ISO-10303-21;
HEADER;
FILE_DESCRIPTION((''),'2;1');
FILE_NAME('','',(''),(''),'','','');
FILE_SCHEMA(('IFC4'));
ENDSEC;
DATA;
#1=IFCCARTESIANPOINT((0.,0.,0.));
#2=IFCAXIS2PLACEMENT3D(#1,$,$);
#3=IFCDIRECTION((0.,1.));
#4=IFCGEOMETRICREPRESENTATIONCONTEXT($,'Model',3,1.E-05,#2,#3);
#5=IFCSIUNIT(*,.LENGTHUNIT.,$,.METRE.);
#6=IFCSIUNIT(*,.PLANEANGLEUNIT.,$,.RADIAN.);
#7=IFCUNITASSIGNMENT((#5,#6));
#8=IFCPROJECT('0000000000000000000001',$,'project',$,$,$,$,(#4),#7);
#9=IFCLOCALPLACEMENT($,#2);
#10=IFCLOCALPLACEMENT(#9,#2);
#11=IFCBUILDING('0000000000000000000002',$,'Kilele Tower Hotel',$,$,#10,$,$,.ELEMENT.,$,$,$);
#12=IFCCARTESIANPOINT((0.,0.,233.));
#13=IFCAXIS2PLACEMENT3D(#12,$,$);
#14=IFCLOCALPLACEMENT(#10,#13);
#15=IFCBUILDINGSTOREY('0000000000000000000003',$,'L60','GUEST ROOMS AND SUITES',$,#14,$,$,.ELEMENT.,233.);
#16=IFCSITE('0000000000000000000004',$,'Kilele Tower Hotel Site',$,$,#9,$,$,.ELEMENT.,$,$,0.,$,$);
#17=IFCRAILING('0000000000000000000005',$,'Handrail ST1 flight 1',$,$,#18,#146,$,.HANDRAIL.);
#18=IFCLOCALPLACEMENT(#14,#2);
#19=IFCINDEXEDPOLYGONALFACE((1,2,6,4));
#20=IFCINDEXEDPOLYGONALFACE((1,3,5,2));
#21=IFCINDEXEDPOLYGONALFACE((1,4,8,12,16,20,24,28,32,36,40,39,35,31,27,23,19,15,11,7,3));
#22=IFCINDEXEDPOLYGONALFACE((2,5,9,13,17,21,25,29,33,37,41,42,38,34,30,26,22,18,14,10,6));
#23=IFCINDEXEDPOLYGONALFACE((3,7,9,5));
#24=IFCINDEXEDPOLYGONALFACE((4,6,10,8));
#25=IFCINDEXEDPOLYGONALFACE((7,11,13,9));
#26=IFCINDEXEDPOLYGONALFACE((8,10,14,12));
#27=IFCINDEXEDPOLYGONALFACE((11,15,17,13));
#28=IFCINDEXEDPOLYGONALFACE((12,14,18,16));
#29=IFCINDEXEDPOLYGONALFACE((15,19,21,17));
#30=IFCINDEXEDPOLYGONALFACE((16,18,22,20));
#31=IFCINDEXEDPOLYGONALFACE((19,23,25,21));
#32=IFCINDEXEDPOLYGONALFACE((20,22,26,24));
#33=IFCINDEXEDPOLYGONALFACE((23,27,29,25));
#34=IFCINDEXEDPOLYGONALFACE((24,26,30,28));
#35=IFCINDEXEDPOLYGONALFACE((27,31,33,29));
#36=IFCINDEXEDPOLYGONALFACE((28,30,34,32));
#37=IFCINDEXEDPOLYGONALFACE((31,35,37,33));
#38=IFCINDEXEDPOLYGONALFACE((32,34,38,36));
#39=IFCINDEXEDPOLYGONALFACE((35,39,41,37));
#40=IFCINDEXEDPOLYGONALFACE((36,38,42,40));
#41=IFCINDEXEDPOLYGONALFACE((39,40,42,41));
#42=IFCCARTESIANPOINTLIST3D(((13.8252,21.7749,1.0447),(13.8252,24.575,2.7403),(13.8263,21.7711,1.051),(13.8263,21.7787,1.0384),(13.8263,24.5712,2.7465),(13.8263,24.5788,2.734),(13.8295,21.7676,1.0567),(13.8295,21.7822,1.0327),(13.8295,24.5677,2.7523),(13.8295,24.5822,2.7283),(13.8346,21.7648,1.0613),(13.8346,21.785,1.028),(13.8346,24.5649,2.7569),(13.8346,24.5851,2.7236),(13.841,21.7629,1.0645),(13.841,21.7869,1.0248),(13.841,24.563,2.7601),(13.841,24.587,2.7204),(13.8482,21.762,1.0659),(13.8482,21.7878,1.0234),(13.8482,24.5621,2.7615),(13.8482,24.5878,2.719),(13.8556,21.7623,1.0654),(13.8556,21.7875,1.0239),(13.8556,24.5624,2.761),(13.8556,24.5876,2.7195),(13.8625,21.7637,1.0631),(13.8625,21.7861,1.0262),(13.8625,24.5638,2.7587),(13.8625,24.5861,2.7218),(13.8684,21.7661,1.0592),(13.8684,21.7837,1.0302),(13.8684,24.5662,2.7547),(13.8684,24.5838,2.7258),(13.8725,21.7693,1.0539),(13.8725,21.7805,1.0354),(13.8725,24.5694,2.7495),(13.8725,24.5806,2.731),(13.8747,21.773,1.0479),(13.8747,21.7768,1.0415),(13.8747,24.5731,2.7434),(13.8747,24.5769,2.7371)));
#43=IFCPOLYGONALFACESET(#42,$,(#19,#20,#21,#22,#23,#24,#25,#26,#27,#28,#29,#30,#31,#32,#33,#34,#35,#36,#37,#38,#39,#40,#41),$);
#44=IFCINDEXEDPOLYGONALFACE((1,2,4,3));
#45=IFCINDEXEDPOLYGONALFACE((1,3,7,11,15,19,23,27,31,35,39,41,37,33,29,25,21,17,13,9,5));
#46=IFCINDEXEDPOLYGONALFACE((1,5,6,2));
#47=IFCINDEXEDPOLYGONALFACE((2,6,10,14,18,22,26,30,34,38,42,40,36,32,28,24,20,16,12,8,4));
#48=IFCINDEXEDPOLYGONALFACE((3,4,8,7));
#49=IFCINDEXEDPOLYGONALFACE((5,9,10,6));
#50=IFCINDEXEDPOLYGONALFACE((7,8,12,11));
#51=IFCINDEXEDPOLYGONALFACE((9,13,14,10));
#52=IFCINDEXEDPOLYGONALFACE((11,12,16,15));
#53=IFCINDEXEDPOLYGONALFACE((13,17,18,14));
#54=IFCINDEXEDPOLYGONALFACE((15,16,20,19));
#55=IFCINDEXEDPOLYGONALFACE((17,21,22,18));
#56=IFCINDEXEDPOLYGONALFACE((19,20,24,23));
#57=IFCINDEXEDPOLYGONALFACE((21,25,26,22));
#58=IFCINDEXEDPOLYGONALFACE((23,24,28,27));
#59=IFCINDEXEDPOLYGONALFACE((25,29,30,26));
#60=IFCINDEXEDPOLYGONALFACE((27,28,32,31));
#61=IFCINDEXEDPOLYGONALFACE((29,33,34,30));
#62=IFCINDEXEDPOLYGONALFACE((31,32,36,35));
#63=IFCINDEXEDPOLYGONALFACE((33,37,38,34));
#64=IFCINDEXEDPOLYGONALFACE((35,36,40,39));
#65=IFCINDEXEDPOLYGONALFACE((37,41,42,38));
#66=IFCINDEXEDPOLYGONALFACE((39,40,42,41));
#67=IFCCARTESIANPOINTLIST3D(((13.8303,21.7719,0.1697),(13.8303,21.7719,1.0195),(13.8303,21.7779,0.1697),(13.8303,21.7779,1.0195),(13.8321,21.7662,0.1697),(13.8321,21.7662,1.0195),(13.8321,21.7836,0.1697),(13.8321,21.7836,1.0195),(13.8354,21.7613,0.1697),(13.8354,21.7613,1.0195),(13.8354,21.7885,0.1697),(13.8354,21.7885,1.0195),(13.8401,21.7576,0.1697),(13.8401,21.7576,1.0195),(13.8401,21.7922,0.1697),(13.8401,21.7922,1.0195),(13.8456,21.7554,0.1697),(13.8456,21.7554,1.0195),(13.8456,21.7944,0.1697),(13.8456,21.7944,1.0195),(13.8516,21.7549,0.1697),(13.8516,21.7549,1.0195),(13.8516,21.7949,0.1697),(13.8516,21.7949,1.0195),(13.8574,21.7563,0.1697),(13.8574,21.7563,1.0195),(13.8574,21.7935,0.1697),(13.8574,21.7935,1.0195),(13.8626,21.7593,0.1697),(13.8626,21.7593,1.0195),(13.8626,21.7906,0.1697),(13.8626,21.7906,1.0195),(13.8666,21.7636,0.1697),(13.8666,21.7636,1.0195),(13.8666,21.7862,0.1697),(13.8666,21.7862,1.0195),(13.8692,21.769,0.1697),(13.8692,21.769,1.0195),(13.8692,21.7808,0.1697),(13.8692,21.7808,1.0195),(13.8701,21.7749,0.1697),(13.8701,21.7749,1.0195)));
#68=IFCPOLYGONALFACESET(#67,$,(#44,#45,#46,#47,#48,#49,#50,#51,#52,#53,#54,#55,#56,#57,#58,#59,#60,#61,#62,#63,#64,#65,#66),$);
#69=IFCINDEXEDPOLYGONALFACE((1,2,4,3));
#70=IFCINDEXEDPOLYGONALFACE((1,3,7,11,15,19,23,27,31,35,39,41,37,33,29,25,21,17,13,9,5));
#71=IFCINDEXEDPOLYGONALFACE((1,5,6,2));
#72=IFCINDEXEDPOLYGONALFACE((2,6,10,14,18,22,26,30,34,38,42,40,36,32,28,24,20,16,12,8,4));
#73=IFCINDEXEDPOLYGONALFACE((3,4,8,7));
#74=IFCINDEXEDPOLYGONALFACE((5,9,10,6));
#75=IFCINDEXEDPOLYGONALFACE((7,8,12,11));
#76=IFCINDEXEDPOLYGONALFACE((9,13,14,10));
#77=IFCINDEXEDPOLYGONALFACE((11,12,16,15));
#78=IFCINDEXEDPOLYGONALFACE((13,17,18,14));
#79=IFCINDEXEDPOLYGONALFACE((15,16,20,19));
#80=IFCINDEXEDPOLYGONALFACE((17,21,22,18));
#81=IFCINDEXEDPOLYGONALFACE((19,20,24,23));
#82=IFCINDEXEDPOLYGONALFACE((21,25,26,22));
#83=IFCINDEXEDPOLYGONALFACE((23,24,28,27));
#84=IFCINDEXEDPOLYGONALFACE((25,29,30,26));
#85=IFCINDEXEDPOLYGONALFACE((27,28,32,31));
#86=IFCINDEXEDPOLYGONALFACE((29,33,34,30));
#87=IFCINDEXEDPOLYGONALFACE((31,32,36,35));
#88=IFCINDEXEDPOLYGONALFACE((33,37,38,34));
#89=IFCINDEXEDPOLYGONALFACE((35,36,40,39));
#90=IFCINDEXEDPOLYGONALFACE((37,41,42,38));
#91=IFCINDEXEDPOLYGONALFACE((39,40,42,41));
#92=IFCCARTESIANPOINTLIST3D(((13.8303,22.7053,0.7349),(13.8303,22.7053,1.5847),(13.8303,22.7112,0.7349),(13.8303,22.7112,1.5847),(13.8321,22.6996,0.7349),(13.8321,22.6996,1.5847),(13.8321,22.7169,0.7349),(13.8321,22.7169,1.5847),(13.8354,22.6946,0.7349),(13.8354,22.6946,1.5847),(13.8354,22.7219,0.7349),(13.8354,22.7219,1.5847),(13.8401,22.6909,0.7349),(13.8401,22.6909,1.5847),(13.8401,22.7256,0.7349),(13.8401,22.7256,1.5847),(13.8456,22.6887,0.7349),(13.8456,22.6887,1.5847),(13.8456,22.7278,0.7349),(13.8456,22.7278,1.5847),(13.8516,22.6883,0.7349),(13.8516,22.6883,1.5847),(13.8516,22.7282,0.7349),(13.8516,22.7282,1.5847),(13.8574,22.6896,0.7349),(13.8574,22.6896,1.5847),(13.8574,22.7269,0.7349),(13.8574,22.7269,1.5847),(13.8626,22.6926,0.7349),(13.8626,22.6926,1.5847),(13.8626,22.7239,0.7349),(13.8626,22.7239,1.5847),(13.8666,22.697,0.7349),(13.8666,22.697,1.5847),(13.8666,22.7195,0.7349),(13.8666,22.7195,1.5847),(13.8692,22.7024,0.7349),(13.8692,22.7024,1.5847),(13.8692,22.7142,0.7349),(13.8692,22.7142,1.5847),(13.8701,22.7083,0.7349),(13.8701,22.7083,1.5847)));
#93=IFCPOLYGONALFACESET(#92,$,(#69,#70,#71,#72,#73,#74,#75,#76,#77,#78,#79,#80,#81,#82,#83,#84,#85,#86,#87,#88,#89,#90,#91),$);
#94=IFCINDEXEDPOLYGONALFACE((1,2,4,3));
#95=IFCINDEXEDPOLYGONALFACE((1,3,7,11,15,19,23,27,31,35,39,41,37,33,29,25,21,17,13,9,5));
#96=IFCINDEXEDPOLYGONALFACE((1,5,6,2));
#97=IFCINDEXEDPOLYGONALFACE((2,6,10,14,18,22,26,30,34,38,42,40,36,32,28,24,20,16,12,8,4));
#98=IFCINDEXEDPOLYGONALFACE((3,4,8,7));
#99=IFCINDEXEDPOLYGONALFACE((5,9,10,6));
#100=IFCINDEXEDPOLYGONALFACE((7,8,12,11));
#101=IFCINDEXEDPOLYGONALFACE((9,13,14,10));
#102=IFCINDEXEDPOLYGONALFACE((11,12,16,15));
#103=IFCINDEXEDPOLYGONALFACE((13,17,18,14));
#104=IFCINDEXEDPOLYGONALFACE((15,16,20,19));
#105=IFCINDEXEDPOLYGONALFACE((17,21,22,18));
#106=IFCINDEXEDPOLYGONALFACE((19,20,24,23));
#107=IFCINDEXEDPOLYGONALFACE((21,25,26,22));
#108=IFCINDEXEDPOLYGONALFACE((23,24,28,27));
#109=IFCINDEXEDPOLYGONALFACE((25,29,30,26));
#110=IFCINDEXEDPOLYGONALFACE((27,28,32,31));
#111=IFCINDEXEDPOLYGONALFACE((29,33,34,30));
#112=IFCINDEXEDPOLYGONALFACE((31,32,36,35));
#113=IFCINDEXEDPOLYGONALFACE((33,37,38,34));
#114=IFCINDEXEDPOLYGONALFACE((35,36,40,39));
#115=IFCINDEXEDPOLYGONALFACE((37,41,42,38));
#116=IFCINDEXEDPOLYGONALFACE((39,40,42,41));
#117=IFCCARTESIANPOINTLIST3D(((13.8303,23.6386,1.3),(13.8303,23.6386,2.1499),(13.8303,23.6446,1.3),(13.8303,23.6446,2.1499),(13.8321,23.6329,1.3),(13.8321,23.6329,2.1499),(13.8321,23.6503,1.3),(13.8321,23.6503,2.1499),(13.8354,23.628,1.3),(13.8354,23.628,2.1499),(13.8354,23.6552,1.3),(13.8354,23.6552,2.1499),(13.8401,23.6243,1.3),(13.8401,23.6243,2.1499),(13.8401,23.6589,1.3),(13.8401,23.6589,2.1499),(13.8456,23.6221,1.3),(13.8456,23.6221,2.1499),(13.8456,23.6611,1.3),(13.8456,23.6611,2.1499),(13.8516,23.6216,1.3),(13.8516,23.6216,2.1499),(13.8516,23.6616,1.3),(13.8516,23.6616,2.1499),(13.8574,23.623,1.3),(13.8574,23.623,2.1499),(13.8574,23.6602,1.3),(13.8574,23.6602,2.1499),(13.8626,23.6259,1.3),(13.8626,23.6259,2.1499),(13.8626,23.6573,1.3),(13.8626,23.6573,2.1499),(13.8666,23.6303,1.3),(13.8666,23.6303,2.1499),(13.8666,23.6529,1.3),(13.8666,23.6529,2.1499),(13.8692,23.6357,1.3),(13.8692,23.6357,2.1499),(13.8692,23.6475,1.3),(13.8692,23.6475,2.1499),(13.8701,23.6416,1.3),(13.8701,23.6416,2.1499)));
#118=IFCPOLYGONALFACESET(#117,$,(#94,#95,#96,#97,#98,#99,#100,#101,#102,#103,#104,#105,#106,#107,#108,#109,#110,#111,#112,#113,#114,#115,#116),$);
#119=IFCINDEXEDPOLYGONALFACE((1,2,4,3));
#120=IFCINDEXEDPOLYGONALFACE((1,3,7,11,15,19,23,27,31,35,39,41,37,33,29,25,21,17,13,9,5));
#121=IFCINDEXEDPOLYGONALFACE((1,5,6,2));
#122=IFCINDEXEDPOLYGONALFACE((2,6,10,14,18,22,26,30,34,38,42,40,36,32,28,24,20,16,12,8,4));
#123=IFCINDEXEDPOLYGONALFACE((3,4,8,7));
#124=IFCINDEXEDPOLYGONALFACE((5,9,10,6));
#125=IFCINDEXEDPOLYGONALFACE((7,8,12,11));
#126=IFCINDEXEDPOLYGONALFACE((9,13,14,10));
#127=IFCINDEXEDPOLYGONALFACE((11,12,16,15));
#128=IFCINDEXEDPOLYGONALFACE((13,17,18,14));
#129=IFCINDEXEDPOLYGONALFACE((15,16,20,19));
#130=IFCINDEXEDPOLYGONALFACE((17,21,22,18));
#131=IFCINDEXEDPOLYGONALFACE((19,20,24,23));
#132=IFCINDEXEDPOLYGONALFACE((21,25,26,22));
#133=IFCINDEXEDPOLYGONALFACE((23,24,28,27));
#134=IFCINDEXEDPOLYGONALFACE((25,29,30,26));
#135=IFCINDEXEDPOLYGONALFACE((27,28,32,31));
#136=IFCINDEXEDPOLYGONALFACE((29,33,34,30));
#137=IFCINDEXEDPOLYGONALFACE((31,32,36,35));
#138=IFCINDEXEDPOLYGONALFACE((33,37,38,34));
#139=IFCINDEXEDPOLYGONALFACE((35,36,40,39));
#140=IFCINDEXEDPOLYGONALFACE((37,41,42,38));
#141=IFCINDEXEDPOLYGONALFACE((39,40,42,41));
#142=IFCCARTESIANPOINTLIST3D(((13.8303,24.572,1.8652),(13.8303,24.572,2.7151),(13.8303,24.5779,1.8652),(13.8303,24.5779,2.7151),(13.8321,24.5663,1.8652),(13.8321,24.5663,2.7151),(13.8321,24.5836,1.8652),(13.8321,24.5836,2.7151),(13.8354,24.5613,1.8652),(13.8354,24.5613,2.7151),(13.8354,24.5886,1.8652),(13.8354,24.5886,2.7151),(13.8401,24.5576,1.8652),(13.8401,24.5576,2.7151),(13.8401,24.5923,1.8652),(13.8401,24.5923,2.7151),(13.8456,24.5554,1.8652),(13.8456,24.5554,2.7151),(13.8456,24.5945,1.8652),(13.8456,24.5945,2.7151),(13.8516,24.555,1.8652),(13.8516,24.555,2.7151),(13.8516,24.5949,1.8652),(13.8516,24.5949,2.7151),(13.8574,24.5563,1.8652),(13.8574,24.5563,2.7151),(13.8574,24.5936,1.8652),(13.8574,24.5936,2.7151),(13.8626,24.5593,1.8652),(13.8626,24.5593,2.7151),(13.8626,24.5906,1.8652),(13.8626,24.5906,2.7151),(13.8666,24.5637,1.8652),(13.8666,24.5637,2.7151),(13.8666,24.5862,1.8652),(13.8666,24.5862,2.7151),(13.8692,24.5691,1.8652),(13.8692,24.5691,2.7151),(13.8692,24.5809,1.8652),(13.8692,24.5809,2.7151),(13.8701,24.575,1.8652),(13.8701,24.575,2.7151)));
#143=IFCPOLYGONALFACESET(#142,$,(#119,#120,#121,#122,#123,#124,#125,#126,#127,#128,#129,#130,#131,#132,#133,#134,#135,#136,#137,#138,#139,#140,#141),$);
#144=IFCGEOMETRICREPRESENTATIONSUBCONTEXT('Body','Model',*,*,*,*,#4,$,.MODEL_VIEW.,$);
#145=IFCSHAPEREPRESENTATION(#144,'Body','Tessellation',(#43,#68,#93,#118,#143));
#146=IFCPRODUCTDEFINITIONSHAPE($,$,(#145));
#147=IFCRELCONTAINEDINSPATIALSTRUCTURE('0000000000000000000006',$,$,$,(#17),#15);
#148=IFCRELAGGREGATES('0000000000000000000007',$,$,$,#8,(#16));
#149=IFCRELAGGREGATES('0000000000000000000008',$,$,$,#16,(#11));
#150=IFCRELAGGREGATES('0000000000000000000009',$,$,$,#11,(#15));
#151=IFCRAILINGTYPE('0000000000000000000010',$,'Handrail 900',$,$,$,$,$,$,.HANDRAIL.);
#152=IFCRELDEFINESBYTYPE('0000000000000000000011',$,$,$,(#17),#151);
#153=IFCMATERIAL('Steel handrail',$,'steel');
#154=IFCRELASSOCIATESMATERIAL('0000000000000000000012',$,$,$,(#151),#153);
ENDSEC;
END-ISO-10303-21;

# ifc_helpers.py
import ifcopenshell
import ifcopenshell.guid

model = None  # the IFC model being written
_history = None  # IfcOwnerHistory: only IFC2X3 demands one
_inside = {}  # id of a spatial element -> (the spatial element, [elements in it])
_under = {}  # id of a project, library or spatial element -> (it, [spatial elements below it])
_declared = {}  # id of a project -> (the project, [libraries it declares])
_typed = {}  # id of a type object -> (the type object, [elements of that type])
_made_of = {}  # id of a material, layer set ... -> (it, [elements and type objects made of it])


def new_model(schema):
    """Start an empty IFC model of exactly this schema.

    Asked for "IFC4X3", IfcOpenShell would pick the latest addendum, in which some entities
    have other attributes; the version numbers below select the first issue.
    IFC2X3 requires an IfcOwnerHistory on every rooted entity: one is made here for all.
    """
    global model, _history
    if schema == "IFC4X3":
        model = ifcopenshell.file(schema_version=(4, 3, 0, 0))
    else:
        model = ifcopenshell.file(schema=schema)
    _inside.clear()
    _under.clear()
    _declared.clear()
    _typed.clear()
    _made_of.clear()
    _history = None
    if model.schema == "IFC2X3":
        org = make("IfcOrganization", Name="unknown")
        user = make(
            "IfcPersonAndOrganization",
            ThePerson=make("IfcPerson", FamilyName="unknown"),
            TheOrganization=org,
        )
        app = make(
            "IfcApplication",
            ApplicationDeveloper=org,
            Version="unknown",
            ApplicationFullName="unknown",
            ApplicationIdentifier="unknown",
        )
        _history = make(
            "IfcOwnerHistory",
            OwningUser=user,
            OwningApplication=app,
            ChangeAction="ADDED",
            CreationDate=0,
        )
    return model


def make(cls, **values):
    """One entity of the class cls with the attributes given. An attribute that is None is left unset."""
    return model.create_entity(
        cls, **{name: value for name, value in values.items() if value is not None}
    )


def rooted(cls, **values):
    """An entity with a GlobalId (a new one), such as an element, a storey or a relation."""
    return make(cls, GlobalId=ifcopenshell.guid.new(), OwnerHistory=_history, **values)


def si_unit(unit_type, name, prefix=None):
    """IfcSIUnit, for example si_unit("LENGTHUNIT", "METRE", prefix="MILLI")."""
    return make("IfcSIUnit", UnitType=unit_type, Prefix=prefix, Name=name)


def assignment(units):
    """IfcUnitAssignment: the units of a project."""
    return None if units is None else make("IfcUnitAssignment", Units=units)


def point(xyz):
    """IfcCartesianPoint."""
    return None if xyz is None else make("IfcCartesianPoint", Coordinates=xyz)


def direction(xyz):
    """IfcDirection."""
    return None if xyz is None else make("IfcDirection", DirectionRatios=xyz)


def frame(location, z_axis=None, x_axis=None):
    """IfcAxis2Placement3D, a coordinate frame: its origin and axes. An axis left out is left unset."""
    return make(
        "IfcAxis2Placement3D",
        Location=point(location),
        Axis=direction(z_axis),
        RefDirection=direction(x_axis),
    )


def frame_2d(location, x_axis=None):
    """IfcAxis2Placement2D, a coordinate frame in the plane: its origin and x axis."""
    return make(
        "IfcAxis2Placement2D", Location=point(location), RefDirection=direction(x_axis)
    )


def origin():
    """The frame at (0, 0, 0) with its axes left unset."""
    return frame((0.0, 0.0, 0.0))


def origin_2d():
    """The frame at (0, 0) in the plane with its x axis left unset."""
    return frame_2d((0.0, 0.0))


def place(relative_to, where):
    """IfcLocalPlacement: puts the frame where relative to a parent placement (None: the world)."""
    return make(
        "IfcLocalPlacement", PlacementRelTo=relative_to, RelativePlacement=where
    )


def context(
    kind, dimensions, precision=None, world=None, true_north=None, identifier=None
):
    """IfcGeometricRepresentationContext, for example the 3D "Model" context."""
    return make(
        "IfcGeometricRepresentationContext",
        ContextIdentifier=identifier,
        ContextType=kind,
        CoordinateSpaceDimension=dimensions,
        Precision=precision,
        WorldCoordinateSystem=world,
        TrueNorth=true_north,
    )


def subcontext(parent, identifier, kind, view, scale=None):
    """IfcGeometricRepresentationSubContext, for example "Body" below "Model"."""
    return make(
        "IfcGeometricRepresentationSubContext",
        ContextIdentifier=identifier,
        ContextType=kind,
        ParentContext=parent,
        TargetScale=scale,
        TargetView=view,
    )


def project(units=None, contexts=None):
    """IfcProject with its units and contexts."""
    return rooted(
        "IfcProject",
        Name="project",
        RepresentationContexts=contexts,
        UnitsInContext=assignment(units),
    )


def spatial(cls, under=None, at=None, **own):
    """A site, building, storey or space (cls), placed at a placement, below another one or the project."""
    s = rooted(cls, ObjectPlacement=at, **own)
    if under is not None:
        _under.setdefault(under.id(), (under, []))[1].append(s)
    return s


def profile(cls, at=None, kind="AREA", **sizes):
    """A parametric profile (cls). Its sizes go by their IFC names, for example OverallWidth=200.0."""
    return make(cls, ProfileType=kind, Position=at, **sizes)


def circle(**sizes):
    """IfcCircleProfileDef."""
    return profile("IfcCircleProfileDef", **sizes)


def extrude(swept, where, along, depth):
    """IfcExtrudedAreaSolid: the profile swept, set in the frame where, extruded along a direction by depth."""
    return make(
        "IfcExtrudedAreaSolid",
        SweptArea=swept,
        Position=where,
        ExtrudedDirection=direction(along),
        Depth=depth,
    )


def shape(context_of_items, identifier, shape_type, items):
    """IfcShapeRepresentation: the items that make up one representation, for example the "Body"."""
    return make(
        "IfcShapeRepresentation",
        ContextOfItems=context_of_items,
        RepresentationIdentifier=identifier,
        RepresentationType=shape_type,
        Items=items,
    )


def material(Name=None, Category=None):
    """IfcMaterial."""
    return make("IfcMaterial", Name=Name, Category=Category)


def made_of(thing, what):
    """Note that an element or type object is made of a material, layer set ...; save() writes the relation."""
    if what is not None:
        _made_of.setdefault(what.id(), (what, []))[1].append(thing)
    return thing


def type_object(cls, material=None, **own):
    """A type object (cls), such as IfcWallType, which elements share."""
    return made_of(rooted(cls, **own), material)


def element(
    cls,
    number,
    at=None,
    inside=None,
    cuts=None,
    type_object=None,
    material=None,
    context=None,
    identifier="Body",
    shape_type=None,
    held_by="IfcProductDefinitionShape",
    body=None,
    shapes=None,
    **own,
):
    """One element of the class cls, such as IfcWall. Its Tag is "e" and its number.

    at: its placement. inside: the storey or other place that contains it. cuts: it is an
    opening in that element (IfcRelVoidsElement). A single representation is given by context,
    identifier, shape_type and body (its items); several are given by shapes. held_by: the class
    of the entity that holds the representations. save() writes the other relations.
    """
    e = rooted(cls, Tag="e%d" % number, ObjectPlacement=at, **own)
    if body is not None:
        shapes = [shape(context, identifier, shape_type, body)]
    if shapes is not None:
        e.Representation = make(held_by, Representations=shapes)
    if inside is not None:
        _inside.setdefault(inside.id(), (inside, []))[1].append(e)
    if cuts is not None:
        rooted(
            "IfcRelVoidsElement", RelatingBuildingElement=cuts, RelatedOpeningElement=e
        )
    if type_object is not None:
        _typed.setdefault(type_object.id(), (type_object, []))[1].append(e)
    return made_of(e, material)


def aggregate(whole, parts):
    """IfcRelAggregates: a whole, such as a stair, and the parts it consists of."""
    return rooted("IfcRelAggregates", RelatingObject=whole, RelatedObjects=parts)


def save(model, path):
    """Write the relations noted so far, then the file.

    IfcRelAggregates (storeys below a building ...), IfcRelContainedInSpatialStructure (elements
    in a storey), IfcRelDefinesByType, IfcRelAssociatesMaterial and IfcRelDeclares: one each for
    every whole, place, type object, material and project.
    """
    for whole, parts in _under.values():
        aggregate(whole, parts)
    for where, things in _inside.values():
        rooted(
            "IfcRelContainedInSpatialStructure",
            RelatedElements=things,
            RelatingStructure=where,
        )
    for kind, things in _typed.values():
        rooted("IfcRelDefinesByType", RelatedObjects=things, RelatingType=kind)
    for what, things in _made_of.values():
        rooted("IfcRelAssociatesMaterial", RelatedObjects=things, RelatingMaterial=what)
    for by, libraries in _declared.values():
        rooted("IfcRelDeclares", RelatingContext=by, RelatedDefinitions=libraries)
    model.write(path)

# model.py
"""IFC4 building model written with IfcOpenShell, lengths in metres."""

from ifc_helpers import new_model, si_unit, direction, frame, origin, origin_2d, place, context, subcontext, project, spatial, circle, extrude, material, type_object, element, save


model = new_model("IFC4")

# Units and contexts
model_context = context("Model", 3, precision=1e-05, world=origin(), true_north=direction((0.0, 1.0)))
body_context = subcontext(model_context, "Body", "Model", "MODEL_VIEW")
ifc_project = project(units=[si_unit("LENGTHUNIT", "METRE"), si_unit("PLANEANGLEUNIT", "RADIAN")], contexts=[model_context])

# Site, building, storey
site_placement = place(None, origin())
site = spatial("IfcSite", under=ifc_project, at=site_placement, Name="Kilele Tower Hotel Site", CompositionType="ELEMENT", RefElevation=0.0)
building_placement = place(site_placement, origin())
building = spatial("IfcBuilding", under=site, at=building_placement, Name="Kilele Tower Hotel", CompositionType="ELEMENT")
storey_placement = place(building_placement, frame((0.0, 0.0, 233.0)))
storey = spatial("IfcBuildingStorey", under=building, at=storey_placement, Name="L60", Description="GUEST ROOMS AND SUITES", CompositionType="ELEMENT", Elevation=233.0)

# Railing
ifc_material_1 = material(Name="Steel handrail", Category="steel")
railing_type_1 = type_object("IfcRailingType", Name="Handrail 900", PredefinedType="HANDRAIL", material=ifc_material_1)
for number, where, name in (
    (1, (13.8501, 21.7749, 0.1697), "Handrail ST1 flight 1"),
):
    element("IfcRailing", number, at=place(storey_placement, frame(where)), inside=storey, type_object=railing_type_1, Name=name, PredefinedType="HANDRAIL", context=body_context, shape_type="SweptSolid", body=[
        extrude(circle(Radius=0.0249, at=origin_2d()), frame((0.0, 0.0, 0.875), z_axis=(0.0, 0.855393, 0.517979), x_axis=(-1.0, 0.0, 0.0)), (0.0, 0.0, 1.0), 3.2734),
        extrude(circle(Radius=0.02, at=origin_2d()), origin(), (0.0, 0.0, 1.0), 0.8499),
        extrude(circle(Radius=0.02, at=origin_2d()), frame((0.0, 0.9333, 0.5652)), (0.0, 0.0, 1.0), 0.8499),
        extrude(circle(Radius=0.02, at=origin_2d()), frame((0.0, 1.8667, 1.1304)), (0.0, 0.0, 1.0), 0.8499),
        extrude(circle(Radius=0.02, at=origin_2d()), frame((0.0, 2.8, 1.6956)), (0.0, 0.0, 1.0), 0.8499),
    ])

save(model, "model.ifc")
